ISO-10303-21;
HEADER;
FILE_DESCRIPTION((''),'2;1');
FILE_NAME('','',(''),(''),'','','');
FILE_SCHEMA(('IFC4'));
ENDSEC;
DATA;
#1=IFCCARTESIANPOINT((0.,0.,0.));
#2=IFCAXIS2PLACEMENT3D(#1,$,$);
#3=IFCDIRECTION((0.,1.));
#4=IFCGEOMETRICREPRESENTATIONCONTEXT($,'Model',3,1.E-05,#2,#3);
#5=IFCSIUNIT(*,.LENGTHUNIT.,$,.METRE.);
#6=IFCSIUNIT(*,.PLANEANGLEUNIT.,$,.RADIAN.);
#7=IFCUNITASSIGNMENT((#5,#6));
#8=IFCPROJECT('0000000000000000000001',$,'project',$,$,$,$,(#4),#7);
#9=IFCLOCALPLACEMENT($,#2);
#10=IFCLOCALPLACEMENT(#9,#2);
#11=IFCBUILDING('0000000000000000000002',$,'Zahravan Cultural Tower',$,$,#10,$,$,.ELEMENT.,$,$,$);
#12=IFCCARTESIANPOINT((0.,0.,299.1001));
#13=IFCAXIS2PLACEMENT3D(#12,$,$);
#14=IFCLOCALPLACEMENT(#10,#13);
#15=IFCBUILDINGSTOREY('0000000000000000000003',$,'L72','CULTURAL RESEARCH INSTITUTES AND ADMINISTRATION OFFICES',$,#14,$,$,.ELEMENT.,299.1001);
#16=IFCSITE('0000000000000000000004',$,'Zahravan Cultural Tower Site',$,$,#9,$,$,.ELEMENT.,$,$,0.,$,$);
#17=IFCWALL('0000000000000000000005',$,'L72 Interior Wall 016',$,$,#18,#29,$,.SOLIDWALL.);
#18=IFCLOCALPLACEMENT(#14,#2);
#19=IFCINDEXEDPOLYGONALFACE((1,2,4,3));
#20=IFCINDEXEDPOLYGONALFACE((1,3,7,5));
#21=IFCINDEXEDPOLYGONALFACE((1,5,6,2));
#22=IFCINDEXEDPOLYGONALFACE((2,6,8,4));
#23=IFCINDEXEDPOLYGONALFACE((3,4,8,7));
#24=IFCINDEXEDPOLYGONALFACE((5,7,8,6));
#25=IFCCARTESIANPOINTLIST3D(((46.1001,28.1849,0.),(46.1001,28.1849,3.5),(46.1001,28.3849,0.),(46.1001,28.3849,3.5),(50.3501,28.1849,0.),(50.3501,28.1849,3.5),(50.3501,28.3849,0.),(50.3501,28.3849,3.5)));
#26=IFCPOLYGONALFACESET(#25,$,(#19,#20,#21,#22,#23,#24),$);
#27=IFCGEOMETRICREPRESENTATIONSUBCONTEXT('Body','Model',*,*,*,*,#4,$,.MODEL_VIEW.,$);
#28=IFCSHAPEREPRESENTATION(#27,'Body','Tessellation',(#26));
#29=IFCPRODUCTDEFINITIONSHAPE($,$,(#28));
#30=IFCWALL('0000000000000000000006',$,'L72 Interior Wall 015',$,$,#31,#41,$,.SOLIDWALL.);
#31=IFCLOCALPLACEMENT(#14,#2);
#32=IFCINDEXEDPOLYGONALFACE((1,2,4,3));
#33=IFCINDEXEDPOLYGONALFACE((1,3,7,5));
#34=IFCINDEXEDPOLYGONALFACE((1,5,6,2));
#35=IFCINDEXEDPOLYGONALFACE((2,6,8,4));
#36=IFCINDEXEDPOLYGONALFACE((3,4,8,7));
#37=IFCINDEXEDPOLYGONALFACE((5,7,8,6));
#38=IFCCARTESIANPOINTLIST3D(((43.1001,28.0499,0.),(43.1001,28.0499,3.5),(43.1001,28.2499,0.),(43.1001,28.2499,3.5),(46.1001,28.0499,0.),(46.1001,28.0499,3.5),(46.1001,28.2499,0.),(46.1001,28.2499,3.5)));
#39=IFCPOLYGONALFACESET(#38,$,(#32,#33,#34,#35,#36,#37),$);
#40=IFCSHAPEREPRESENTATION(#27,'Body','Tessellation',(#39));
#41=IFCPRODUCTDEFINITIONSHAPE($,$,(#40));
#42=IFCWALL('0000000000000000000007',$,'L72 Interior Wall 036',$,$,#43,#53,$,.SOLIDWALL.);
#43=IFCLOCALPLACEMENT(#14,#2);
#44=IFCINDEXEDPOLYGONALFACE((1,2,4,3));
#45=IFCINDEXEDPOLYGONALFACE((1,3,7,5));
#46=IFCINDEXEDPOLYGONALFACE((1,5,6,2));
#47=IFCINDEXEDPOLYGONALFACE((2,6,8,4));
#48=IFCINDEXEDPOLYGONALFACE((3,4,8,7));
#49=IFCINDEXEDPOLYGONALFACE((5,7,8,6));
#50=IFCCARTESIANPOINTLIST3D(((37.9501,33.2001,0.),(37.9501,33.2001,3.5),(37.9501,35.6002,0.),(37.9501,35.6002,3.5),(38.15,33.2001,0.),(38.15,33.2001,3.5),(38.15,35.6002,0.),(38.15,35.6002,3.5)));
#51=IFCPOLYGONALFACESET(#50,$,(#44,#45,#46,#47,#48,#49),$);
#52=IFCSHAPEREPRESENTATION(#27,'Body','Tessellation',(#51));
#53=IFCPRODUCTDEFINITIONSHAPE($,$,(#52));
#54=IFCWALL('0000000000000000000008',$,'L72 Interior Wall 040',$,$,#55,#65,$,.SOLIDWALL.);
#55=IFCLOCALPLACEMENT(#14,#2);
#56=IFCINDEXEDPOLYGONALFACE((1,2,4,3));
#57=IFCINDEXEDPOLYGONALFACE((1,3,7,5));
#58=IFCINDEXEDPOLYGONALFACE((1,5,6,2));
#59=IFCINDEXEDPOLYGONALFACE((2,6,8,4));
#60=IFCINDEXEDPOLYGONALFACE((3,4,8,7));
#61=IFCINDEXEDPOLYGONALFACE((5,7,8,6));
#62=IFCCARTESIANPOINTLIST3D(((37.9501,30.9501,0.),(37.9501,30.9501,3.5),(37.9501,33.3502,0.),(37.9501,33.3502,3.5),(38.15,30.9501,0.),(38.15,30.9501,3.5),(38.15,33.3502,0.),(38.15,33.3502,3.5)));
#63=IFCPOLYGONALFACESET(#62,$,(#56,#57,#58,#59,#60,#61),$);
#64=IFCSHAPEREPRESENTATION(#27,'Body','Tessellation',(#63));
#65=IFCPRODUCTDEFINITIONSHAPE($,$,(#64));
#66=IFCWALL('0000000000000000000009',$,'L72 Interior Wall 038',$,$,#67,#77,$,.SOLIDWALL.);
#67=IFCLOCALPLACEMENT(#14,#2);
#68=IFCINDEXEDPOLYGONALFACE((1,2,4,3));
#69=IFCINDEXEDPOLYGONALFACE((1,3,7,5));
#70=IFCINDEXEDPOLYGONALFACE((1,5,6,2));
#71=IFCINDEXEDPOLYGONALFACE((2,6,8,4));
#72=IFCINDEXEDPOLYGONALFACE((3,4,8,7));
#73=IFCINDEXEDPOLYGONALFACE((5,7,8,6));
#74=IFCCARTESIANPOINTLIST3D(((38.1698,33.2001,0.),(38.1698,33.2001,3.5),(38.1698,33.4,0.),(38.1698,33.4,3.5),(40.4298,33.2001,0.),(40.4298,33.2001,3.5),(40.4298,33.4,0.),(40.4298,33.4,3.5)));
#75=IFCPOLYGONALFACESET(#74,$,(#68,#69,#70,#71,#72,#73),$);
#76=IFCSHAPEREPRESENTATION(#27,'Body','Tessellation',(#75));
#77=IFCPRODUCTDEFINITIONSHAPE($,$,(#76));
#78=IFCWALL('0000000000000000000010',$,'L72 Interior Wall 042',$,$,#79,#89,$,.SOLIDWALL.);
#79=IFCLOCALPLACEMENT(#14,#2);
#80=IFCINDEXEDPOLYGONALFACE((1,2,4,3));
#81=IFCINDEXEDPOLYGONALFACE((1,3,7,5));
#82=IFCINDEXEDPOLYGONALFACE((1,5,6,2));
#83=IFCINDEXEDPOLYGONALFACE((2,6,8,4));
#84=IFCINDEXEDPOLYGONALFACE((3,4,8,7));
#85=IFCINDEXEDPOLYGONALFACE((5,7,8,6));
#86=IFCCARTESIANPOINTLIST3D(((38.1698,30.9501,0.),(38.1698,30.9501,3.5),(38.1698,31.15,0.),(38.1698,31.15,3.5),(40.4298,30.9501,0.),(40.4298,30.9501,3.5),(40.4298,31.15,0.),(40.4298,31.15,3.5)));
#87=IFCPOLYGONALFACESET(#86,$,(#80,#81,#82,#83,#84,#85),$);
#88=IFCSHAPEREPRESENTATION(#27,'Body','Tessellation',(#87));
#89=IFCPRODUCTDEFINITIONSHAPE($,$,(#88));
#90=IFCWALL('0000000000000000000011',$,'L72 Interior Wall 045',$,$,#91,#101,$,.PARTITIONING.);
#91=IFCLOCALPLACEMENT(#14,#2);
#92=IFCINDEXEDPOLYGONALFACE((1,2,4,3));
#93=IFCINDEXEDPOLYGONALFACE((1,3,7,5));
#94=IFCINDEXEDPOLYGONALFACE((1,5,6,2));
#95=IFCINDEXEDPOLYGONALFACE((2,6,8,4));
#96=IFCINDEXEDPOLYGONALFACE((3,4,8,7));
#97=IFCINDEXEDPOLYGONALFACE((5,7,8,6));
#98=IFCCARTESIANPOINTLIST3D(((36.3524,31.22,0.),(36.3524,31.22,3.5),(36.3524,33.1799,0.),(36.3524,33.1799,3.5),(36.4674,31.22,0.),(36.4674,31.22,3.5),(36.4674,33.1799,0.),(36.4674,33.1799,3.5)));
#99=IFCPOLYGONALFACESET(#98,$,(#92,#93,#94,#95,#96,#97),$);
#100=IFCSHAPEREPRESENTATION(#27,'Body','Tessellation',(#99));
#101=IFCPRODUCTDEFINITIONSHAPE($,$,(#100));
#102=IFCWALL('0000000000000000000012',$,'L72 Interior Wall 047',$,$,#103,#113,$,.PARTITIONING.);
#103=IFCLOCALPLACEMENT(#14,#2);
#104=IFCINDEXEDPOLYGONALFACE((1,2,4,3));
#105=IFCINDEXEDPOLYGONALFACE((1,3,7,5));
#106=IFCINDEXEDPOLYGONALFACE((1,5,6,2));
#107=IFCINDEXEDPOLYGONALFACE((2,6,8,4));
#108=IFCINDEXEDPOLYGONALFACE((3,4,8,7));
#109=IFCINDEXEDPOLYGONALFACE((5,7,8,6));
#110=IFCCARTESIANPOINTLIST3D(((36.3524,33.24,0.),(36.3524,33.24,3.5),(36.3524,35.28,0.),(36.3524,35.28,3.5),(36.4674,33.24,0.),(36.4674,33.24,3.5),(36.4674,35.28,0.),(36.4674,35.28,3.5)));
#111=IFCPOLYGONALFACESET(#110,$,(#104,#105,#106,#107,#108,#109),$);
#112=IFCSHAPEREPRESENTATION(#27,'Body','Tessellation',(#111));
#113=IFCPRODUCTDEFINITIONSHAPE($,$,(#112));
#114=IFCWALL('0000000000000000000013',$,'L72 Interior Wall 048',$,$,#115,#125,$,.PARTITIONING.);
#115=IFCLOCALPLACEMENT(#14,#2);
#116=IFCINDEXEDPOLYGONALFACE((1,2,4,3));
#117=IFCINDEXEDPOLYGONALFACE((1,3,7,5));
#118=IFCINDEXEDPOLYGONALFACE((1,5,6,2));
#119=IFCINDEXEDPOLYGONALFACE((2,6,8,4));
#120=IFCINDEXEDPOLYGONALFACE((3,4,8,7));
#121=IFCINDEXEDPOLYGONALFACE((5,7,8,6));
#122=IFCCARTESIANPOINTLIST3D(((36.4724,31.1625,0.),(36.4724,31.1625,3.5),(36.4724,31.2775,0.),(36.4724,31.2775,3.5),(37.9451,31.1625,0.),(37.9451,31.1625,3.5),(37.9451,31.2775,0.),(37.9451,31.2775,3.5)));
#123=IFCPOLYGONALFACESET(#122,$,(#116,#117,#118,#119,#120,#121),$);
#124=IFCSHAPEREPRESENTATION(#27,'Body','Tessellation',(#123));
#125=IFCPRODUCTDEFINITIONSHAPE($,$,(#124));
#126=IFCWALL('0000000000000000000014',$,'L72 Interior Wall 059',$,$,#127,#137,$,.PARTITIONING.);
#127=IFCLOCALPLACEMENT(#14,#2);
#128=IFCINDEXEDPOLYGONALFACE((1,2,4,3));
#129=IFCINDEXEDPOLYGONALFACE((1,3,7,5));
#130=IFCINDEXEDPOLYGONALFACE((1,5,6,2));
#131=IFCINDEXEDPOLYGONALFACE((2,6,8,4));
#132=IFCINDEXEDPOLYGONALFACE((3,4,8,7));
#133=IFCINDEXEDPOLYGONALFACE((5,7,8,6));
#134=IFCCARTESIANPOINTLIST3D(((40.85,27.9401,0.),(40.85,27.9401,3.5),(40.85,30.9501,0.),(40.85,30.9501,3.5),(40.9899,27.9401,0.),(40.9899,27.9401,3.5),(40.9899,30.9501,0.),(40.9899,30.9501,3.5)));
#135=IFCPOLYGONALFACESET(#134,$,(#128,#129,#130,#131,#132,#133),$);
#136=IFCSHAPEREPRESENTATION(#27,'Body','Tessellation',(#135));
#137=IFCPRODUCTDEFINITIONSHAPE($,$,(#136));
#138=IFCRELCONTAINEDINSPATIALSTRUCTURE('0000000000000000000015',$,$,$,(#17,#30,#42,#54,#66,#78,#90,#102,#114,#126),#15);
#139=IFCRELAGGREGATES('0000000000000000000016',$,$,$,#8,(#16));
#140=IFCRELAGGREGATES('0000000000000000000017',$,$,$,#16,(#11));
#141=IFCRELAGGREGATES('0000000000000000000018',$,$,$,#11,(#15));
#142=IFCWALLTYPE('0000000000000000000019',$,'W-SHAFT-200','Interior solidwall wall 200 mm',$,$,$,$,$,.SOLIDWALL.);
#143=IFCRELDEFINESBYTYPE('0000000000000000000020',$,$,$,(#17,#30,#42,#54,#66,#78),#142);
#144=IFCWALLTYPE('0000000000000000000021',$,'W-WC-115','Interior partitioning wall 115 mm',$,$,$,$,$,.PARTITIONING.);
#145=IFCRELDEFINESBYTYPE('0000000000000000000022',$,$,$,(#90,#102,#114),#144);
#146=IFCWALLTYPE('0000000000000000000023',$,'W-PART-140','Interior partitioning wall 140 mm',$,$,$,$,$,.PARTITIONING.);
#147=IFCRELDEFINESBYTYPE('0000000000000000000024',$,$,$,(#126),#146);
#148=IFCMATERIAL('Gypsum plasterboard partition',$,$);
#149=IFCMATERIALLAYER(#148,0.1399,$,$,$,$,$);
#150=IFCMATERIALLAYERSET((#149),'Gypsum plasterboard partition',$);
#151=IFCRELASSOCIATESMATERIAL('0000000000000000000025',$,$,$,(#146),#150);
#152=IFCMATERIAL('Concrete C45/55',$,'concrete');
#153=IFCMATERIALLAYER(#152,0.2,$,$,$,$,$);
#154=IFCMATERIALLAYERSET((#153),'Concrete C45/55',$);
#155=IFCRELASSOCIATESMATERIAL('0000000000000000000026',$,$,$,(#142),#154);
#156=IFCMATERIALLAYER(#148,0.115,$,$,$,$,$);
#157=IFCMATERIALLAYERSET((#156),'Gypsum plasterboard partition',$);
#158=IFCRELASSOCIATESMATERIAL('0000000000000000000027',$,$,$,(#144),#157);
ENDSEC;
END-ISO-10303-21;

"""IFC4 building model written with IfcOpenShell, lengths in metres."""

from ifc_helpers import new_model, si_unit, direction, frame, frame_2d, origin, place, context, subcontext, project, spatial, rectangle, extrude, source, transform, mapped, material, layer, layer_set, type_object, element, save


model = new_model("IFC4")

# Units and contexts
model_context = context("Model", 3, precision=1e-05, world=origin(), true_north=direction((0.0, 1.0)))
body_context = subcontext(model_context, "Body", "Model", "MODEL_VIEW")
ifc_project = project(units=[si_unit("LENGTHUNIT", "METRE"), si_unit("PLANEANGLEUNIT", "RADIAN")], contexts=[model_context])

# Site, building, storey
site_placement = place(None, origin())
site = spatial("IfcSite", under=ifc_project, at=site_placement, Name="Zahravan Cultural Tower Site", CompositionType="ELEMENT", RefElevation=0.0)
building_placement = place(site_placement, origin())
building = spatial("IfcBuilding", under=site, at=building_placement, Name="Zahravan Cultural Tower", CompositionType="ELEMENT")
storey_placement = place(building_placement, frame((0.0, 0.0, 299.1001)))
storey = spatial("IfcBuildingStorey", under=building, at=storey_placement, Name="L72", Description="CULTURAL RESEARCH INSTITUTES AND ADMINISTRATION OFFICES", CompositionType="ELEMENT", Elevation=299.1001)

# Shared definitions
ifc_material_1 = material(Name="Gypsum plasterboard partition")
ifc_layer_1 = layer(ifc_material_1, 0.1399)
ifc_layer_set_1 = layer_set([ifc_layer_1], Name="Gypsum plasterboard partition")
wall_type_1 = type_object("IfcWallType", Name="W-PART-140", Description="Interior partitioning wall 140 mm", PredefinedType="PARTITIONING", material=ifc_layer_set_1)
ifc_material_2 = material(Name="Concrete C45/55", Category="concrete")
ifc_layer_2 = layer(ifc_material_2, 0.2)
ifc_layer_set_2 = layer_set([ifc_layer_2], Name="Concrete C45/55")
wall_type_2 = type_object("IfcWallType", Name="W-SHAFT-200", Description="Interior solidwall wall 200 mm", PredefinedType="SOLIDWALL", material=ifc_layer_set_2)
ifc_layer_3 = layer(ifc_material_1, 0.115)
ifc_layer_set_3 = layer_set([ifc_layer_3], Name="Gypsum plasterboard partition")
wall_type_3 = type_object("IfcWallType", Name="W-WC-115", Description="Interior partitioning wall 115 mm", PredefinedType="PARTITIONING", material=ifc_layer_set_3)

# Walls
shared_shape_1 = source(origin(), body_context, "Body", "SweptSolid", [
    extrude(rectangle(XDim=4.25, YDim=0.2, at=frame_2d((2.125, 0.0))), origin(), (0.0, 0.0, 1.0), 3.5),
])
wall_1_placement = place(storey_placement, frame((46.1001, 28.2849, 0.0), z_axis=(0.0, 0.0, 1.0), x_axis=(1.0, 0.0, 0.0)))
element("IfcWall", 1, at=wall_1_placement, inside=storey, type_object=wall_type_2, Name="L72 Interior Wall 016", PredefinedType="SOLIDWALL", context=body_context, shape_type="MappedRepresentation", body=[
    mapped(shared_shape_1, transform((0.0, 0.0, 0.0), x_axis=(1.0, 0.0, 0.0), y_axis=(0.0, 1.0, 0.0), z_axis=(0.0, 0.0, 1.0), scale=1.0)),
])
shared_shape_2 = source(origin(), body_context, "Body", "SweptSolid", [
    extrude(rectangle(XDim=3.0, YDim=0.2, at=frame_2d((1.5, 0.0))), origin(), (0.0, 0.0, 1.0), 3.5),
])
wall_2_placement = place(storey_placement, frame((43.1001, 28.1499, 0.0), z_axis=(0.0, 0.0, 1.0), x_axis=(1.0, 0.0, 0.0)))
element("IfcWall", 2, at=wall_2_placement, inside=storey, type_object=wall_type_2, Name="L72 Interior Wall 015", PredefinedType="SOLIDWALL", context=body_context, shape_type="MappedRepresentation", body=[
    mapped(shared_shape_2, transform((0.0, 0.0, 0.0), x_axis=(1.0, 0.0, 0.0), y_axis=(0.0, 1.0, 0.0), z_axis=(0.0, 0.0, 1.0), scale=1.0)),
])
shared_shape_3 = source(origin(), body_context, "Body", "SweptSolid", [
    extrude(rectangle(XDim=2.4001, YDim=0.2, at=frame_2d((1.2002, 0.0))), origin(), (0.0, 0.0, 1.0), 3.5),
])
for number, where, z_axis, x_axis, name in (
    (3, (38.05, 33.2, 0.0), (0.0, 0.0, 1.0), (0.0, 1.0, 0.0), "L72 Interior Wall 036"),
    (4, (38.05, 30.95, 0.0), (0.0, 0.0, 1.0), (0.0, 1.0, 0.0), "L72 Interior Wall 040"),
):
    element("IfcWall", number, at=place(storey_placement, frame(where, z_axis=z_axis, x_axis=x_axis)), inside=storey, type_object=wall_type_2, Name=name, PredefinedType="SOLIDWALL", context=body_context, shape_type="MappedRepresentation", body=[
        mapped(shared_shape_3, transform((0.0, 0.0, 0.0), x_axis=(1.0, 0.0, 0.0), y_axis=(0.0, 1.0, 0.0), z_axis=(0.0, 0.0, 1.0), scale=1.0)),
    ])
shared_shape_4 = source(origin(), body_context, "Body", "SweptSolid", [
    extrude(rectangle(XDim=2.26, YDim=0.2, at=frame_2d((1.1299, 0.0))), origin(), (0.0, 0.0, 1.0), 3.5),
])
for number, where, z_axis, x_axis, name in (
    (5, (38.1699, 33.3, 0.0), (0.0, 0.0, 1.0), (1.0, 0.0, 0.0), "L72 Interior Wall 038"),
    (6, (38.1699, 31.05, 0.0), (0.0, 0.0, 1.0), (1.0, 0.0, 0.0), "L72 Interior Wall 042"),
):
    element("IfcWall", number, at=place(storey_placement, frame(where, z_axis=z_axis, x_axis=x_axis)), inside=storey, type_object=wall_type_2, Name=name, PredefinedType="SOLIDWALL", context=body_context, shape_type="MappedRepresentation", body=[
        mapped(shared_shape_4, transform((0.0, 0.0, 0.0), x_axis=(1.0, 0.0, 0.0), y_axis=(0.0, 1.0, 0.0), z_axis=(0.0, 0.0, 1.0), scale=1.0)),
    ])
shared_shape_5 = source(origin(), body_context, "Body", "SweptSolid", [
    extrude(rectangle(XDim=1.96, YDim=0.115, at=frame_2d((0.98, 0.0))), origin(), (0.0, 0.0, 1.0), 3.5),
])
wall_3_placement = place(storey_placement, frame((36.4099, 33.1799, 0.0), z_axis=(0.0, 0.0, 1.0), x_axis=(0.0, -1.0, 0.0)))
element("IfcWall", 7, at=wall_3_placement, inside=storey, type_object=wall_type_3, Name="L72 Interior Wall 045", PredefinedType="PARTITIONING", context=body_context, shape_type="MappedRepresentation", body=[
    mapped(shared_shape_5, transform((0.0, 0.0, 0.0), x_axis=(1.0, 0.0, 0.0), y_axis=(0.0, 1.0, 0.0), z_axis=(0.0, 0.0, 1.0), scale=1.0)),
])
shared_shape_6 = source(origin(), body_context, "Body", "SweptSolid", [
    extrude(rectangle(XDim=2.04, YDim=0.115, at=frame_2d((1.02, 0.0))), origin(), (0.0, 0.0, 1.0), 3.5),
])
wall_4_placement = place(storey_placement, frame((36.4099, 35.28, 0.0), z_axis=(0.0, 0.0, 1.0), x_axis=(0.0, -1.0, 0.0)))
element("IfcWall", 8, at=wall_4_placement, inside=storey, type_object=wall_type_3, Name="L72 Interior Wall 047", PredefinedType="PARTITIONING", context=body_context, shape_type="MappedRepresentation", body=[
    mapped(shared_shape_6, transform((0.0, 0.0, 0.0), x_axis=(1.0, 0.0, 0.0), y_axis=(0.0, 1.0, 0.0), z_axis=(0.0, 0.0, 1.0), scale=1.0)),
])
shared_shape_7 = source(origin(), body_context, "Body", "SweptSolid", [
    extrude(rectangle(XDim=1.4727, YDim=0.115, at=frame_2d((0.7363, 0.0))), origin(), (0.0, 0.0, 1.0), 3.5),
])
wall_5_placement = place(storey_placement, frame((37.9451, 31.22, 0.0), z_axis=(0.0, 0.0, 1.0), x_axis=(-1.0, 0.0, 0.0)))
element("IfcWall", 9, at=wall_5_placement, inside=storey, type_object=wall_type_3, Name="L72 Interior Wall 048", PredefinedType="PARTITIONING", context=body_context, shape_type="MappedRepresentation", body=[
    mapped(shared_shape_7, transform((0.0, 0.0, 0.0), x_axis=(1.0, 0.0, 0.0), y_axis=(0.0, 1.0, 0.0), z_axis=(0.0, 0.0, 1.0), scale=1.0)),
])
shared_shape_8 = source(origin(), body_context, "Body", "SweptSolid", [
    extrude(rectangle(XDim=3.01, YDim=0.1399, at=frame_2d((1.5049, 0.0))), origin(), (0.0, 0.0, 1.0), 3.5),
])
wall_6_placement = place(storey_placement, frame((40.9199, 30.95, 0.0), z_axis=(0.0, 0.0, 1.0), x_axis=(0.0, -1.0, 0.0)))
element("IfcWall", 10, at=wall_6_placement, inside=storey, type_object=wall_type_1, Name="L72 Interior Wall 059", PredefinedType="PARTITIONING", context=body_context, shape_type="MappedRepresentation", body=[
    mapped(shared_shape_8, transform((0.0, 0.0, 0.0), x_axis=(1.0, 0.0, 0.0), y_axis=(0.0, 1.0, 0.0), z_axis=(0.0, 0.0, 1.0), scale=1.0)),
])

save(model, "model.ifc")
